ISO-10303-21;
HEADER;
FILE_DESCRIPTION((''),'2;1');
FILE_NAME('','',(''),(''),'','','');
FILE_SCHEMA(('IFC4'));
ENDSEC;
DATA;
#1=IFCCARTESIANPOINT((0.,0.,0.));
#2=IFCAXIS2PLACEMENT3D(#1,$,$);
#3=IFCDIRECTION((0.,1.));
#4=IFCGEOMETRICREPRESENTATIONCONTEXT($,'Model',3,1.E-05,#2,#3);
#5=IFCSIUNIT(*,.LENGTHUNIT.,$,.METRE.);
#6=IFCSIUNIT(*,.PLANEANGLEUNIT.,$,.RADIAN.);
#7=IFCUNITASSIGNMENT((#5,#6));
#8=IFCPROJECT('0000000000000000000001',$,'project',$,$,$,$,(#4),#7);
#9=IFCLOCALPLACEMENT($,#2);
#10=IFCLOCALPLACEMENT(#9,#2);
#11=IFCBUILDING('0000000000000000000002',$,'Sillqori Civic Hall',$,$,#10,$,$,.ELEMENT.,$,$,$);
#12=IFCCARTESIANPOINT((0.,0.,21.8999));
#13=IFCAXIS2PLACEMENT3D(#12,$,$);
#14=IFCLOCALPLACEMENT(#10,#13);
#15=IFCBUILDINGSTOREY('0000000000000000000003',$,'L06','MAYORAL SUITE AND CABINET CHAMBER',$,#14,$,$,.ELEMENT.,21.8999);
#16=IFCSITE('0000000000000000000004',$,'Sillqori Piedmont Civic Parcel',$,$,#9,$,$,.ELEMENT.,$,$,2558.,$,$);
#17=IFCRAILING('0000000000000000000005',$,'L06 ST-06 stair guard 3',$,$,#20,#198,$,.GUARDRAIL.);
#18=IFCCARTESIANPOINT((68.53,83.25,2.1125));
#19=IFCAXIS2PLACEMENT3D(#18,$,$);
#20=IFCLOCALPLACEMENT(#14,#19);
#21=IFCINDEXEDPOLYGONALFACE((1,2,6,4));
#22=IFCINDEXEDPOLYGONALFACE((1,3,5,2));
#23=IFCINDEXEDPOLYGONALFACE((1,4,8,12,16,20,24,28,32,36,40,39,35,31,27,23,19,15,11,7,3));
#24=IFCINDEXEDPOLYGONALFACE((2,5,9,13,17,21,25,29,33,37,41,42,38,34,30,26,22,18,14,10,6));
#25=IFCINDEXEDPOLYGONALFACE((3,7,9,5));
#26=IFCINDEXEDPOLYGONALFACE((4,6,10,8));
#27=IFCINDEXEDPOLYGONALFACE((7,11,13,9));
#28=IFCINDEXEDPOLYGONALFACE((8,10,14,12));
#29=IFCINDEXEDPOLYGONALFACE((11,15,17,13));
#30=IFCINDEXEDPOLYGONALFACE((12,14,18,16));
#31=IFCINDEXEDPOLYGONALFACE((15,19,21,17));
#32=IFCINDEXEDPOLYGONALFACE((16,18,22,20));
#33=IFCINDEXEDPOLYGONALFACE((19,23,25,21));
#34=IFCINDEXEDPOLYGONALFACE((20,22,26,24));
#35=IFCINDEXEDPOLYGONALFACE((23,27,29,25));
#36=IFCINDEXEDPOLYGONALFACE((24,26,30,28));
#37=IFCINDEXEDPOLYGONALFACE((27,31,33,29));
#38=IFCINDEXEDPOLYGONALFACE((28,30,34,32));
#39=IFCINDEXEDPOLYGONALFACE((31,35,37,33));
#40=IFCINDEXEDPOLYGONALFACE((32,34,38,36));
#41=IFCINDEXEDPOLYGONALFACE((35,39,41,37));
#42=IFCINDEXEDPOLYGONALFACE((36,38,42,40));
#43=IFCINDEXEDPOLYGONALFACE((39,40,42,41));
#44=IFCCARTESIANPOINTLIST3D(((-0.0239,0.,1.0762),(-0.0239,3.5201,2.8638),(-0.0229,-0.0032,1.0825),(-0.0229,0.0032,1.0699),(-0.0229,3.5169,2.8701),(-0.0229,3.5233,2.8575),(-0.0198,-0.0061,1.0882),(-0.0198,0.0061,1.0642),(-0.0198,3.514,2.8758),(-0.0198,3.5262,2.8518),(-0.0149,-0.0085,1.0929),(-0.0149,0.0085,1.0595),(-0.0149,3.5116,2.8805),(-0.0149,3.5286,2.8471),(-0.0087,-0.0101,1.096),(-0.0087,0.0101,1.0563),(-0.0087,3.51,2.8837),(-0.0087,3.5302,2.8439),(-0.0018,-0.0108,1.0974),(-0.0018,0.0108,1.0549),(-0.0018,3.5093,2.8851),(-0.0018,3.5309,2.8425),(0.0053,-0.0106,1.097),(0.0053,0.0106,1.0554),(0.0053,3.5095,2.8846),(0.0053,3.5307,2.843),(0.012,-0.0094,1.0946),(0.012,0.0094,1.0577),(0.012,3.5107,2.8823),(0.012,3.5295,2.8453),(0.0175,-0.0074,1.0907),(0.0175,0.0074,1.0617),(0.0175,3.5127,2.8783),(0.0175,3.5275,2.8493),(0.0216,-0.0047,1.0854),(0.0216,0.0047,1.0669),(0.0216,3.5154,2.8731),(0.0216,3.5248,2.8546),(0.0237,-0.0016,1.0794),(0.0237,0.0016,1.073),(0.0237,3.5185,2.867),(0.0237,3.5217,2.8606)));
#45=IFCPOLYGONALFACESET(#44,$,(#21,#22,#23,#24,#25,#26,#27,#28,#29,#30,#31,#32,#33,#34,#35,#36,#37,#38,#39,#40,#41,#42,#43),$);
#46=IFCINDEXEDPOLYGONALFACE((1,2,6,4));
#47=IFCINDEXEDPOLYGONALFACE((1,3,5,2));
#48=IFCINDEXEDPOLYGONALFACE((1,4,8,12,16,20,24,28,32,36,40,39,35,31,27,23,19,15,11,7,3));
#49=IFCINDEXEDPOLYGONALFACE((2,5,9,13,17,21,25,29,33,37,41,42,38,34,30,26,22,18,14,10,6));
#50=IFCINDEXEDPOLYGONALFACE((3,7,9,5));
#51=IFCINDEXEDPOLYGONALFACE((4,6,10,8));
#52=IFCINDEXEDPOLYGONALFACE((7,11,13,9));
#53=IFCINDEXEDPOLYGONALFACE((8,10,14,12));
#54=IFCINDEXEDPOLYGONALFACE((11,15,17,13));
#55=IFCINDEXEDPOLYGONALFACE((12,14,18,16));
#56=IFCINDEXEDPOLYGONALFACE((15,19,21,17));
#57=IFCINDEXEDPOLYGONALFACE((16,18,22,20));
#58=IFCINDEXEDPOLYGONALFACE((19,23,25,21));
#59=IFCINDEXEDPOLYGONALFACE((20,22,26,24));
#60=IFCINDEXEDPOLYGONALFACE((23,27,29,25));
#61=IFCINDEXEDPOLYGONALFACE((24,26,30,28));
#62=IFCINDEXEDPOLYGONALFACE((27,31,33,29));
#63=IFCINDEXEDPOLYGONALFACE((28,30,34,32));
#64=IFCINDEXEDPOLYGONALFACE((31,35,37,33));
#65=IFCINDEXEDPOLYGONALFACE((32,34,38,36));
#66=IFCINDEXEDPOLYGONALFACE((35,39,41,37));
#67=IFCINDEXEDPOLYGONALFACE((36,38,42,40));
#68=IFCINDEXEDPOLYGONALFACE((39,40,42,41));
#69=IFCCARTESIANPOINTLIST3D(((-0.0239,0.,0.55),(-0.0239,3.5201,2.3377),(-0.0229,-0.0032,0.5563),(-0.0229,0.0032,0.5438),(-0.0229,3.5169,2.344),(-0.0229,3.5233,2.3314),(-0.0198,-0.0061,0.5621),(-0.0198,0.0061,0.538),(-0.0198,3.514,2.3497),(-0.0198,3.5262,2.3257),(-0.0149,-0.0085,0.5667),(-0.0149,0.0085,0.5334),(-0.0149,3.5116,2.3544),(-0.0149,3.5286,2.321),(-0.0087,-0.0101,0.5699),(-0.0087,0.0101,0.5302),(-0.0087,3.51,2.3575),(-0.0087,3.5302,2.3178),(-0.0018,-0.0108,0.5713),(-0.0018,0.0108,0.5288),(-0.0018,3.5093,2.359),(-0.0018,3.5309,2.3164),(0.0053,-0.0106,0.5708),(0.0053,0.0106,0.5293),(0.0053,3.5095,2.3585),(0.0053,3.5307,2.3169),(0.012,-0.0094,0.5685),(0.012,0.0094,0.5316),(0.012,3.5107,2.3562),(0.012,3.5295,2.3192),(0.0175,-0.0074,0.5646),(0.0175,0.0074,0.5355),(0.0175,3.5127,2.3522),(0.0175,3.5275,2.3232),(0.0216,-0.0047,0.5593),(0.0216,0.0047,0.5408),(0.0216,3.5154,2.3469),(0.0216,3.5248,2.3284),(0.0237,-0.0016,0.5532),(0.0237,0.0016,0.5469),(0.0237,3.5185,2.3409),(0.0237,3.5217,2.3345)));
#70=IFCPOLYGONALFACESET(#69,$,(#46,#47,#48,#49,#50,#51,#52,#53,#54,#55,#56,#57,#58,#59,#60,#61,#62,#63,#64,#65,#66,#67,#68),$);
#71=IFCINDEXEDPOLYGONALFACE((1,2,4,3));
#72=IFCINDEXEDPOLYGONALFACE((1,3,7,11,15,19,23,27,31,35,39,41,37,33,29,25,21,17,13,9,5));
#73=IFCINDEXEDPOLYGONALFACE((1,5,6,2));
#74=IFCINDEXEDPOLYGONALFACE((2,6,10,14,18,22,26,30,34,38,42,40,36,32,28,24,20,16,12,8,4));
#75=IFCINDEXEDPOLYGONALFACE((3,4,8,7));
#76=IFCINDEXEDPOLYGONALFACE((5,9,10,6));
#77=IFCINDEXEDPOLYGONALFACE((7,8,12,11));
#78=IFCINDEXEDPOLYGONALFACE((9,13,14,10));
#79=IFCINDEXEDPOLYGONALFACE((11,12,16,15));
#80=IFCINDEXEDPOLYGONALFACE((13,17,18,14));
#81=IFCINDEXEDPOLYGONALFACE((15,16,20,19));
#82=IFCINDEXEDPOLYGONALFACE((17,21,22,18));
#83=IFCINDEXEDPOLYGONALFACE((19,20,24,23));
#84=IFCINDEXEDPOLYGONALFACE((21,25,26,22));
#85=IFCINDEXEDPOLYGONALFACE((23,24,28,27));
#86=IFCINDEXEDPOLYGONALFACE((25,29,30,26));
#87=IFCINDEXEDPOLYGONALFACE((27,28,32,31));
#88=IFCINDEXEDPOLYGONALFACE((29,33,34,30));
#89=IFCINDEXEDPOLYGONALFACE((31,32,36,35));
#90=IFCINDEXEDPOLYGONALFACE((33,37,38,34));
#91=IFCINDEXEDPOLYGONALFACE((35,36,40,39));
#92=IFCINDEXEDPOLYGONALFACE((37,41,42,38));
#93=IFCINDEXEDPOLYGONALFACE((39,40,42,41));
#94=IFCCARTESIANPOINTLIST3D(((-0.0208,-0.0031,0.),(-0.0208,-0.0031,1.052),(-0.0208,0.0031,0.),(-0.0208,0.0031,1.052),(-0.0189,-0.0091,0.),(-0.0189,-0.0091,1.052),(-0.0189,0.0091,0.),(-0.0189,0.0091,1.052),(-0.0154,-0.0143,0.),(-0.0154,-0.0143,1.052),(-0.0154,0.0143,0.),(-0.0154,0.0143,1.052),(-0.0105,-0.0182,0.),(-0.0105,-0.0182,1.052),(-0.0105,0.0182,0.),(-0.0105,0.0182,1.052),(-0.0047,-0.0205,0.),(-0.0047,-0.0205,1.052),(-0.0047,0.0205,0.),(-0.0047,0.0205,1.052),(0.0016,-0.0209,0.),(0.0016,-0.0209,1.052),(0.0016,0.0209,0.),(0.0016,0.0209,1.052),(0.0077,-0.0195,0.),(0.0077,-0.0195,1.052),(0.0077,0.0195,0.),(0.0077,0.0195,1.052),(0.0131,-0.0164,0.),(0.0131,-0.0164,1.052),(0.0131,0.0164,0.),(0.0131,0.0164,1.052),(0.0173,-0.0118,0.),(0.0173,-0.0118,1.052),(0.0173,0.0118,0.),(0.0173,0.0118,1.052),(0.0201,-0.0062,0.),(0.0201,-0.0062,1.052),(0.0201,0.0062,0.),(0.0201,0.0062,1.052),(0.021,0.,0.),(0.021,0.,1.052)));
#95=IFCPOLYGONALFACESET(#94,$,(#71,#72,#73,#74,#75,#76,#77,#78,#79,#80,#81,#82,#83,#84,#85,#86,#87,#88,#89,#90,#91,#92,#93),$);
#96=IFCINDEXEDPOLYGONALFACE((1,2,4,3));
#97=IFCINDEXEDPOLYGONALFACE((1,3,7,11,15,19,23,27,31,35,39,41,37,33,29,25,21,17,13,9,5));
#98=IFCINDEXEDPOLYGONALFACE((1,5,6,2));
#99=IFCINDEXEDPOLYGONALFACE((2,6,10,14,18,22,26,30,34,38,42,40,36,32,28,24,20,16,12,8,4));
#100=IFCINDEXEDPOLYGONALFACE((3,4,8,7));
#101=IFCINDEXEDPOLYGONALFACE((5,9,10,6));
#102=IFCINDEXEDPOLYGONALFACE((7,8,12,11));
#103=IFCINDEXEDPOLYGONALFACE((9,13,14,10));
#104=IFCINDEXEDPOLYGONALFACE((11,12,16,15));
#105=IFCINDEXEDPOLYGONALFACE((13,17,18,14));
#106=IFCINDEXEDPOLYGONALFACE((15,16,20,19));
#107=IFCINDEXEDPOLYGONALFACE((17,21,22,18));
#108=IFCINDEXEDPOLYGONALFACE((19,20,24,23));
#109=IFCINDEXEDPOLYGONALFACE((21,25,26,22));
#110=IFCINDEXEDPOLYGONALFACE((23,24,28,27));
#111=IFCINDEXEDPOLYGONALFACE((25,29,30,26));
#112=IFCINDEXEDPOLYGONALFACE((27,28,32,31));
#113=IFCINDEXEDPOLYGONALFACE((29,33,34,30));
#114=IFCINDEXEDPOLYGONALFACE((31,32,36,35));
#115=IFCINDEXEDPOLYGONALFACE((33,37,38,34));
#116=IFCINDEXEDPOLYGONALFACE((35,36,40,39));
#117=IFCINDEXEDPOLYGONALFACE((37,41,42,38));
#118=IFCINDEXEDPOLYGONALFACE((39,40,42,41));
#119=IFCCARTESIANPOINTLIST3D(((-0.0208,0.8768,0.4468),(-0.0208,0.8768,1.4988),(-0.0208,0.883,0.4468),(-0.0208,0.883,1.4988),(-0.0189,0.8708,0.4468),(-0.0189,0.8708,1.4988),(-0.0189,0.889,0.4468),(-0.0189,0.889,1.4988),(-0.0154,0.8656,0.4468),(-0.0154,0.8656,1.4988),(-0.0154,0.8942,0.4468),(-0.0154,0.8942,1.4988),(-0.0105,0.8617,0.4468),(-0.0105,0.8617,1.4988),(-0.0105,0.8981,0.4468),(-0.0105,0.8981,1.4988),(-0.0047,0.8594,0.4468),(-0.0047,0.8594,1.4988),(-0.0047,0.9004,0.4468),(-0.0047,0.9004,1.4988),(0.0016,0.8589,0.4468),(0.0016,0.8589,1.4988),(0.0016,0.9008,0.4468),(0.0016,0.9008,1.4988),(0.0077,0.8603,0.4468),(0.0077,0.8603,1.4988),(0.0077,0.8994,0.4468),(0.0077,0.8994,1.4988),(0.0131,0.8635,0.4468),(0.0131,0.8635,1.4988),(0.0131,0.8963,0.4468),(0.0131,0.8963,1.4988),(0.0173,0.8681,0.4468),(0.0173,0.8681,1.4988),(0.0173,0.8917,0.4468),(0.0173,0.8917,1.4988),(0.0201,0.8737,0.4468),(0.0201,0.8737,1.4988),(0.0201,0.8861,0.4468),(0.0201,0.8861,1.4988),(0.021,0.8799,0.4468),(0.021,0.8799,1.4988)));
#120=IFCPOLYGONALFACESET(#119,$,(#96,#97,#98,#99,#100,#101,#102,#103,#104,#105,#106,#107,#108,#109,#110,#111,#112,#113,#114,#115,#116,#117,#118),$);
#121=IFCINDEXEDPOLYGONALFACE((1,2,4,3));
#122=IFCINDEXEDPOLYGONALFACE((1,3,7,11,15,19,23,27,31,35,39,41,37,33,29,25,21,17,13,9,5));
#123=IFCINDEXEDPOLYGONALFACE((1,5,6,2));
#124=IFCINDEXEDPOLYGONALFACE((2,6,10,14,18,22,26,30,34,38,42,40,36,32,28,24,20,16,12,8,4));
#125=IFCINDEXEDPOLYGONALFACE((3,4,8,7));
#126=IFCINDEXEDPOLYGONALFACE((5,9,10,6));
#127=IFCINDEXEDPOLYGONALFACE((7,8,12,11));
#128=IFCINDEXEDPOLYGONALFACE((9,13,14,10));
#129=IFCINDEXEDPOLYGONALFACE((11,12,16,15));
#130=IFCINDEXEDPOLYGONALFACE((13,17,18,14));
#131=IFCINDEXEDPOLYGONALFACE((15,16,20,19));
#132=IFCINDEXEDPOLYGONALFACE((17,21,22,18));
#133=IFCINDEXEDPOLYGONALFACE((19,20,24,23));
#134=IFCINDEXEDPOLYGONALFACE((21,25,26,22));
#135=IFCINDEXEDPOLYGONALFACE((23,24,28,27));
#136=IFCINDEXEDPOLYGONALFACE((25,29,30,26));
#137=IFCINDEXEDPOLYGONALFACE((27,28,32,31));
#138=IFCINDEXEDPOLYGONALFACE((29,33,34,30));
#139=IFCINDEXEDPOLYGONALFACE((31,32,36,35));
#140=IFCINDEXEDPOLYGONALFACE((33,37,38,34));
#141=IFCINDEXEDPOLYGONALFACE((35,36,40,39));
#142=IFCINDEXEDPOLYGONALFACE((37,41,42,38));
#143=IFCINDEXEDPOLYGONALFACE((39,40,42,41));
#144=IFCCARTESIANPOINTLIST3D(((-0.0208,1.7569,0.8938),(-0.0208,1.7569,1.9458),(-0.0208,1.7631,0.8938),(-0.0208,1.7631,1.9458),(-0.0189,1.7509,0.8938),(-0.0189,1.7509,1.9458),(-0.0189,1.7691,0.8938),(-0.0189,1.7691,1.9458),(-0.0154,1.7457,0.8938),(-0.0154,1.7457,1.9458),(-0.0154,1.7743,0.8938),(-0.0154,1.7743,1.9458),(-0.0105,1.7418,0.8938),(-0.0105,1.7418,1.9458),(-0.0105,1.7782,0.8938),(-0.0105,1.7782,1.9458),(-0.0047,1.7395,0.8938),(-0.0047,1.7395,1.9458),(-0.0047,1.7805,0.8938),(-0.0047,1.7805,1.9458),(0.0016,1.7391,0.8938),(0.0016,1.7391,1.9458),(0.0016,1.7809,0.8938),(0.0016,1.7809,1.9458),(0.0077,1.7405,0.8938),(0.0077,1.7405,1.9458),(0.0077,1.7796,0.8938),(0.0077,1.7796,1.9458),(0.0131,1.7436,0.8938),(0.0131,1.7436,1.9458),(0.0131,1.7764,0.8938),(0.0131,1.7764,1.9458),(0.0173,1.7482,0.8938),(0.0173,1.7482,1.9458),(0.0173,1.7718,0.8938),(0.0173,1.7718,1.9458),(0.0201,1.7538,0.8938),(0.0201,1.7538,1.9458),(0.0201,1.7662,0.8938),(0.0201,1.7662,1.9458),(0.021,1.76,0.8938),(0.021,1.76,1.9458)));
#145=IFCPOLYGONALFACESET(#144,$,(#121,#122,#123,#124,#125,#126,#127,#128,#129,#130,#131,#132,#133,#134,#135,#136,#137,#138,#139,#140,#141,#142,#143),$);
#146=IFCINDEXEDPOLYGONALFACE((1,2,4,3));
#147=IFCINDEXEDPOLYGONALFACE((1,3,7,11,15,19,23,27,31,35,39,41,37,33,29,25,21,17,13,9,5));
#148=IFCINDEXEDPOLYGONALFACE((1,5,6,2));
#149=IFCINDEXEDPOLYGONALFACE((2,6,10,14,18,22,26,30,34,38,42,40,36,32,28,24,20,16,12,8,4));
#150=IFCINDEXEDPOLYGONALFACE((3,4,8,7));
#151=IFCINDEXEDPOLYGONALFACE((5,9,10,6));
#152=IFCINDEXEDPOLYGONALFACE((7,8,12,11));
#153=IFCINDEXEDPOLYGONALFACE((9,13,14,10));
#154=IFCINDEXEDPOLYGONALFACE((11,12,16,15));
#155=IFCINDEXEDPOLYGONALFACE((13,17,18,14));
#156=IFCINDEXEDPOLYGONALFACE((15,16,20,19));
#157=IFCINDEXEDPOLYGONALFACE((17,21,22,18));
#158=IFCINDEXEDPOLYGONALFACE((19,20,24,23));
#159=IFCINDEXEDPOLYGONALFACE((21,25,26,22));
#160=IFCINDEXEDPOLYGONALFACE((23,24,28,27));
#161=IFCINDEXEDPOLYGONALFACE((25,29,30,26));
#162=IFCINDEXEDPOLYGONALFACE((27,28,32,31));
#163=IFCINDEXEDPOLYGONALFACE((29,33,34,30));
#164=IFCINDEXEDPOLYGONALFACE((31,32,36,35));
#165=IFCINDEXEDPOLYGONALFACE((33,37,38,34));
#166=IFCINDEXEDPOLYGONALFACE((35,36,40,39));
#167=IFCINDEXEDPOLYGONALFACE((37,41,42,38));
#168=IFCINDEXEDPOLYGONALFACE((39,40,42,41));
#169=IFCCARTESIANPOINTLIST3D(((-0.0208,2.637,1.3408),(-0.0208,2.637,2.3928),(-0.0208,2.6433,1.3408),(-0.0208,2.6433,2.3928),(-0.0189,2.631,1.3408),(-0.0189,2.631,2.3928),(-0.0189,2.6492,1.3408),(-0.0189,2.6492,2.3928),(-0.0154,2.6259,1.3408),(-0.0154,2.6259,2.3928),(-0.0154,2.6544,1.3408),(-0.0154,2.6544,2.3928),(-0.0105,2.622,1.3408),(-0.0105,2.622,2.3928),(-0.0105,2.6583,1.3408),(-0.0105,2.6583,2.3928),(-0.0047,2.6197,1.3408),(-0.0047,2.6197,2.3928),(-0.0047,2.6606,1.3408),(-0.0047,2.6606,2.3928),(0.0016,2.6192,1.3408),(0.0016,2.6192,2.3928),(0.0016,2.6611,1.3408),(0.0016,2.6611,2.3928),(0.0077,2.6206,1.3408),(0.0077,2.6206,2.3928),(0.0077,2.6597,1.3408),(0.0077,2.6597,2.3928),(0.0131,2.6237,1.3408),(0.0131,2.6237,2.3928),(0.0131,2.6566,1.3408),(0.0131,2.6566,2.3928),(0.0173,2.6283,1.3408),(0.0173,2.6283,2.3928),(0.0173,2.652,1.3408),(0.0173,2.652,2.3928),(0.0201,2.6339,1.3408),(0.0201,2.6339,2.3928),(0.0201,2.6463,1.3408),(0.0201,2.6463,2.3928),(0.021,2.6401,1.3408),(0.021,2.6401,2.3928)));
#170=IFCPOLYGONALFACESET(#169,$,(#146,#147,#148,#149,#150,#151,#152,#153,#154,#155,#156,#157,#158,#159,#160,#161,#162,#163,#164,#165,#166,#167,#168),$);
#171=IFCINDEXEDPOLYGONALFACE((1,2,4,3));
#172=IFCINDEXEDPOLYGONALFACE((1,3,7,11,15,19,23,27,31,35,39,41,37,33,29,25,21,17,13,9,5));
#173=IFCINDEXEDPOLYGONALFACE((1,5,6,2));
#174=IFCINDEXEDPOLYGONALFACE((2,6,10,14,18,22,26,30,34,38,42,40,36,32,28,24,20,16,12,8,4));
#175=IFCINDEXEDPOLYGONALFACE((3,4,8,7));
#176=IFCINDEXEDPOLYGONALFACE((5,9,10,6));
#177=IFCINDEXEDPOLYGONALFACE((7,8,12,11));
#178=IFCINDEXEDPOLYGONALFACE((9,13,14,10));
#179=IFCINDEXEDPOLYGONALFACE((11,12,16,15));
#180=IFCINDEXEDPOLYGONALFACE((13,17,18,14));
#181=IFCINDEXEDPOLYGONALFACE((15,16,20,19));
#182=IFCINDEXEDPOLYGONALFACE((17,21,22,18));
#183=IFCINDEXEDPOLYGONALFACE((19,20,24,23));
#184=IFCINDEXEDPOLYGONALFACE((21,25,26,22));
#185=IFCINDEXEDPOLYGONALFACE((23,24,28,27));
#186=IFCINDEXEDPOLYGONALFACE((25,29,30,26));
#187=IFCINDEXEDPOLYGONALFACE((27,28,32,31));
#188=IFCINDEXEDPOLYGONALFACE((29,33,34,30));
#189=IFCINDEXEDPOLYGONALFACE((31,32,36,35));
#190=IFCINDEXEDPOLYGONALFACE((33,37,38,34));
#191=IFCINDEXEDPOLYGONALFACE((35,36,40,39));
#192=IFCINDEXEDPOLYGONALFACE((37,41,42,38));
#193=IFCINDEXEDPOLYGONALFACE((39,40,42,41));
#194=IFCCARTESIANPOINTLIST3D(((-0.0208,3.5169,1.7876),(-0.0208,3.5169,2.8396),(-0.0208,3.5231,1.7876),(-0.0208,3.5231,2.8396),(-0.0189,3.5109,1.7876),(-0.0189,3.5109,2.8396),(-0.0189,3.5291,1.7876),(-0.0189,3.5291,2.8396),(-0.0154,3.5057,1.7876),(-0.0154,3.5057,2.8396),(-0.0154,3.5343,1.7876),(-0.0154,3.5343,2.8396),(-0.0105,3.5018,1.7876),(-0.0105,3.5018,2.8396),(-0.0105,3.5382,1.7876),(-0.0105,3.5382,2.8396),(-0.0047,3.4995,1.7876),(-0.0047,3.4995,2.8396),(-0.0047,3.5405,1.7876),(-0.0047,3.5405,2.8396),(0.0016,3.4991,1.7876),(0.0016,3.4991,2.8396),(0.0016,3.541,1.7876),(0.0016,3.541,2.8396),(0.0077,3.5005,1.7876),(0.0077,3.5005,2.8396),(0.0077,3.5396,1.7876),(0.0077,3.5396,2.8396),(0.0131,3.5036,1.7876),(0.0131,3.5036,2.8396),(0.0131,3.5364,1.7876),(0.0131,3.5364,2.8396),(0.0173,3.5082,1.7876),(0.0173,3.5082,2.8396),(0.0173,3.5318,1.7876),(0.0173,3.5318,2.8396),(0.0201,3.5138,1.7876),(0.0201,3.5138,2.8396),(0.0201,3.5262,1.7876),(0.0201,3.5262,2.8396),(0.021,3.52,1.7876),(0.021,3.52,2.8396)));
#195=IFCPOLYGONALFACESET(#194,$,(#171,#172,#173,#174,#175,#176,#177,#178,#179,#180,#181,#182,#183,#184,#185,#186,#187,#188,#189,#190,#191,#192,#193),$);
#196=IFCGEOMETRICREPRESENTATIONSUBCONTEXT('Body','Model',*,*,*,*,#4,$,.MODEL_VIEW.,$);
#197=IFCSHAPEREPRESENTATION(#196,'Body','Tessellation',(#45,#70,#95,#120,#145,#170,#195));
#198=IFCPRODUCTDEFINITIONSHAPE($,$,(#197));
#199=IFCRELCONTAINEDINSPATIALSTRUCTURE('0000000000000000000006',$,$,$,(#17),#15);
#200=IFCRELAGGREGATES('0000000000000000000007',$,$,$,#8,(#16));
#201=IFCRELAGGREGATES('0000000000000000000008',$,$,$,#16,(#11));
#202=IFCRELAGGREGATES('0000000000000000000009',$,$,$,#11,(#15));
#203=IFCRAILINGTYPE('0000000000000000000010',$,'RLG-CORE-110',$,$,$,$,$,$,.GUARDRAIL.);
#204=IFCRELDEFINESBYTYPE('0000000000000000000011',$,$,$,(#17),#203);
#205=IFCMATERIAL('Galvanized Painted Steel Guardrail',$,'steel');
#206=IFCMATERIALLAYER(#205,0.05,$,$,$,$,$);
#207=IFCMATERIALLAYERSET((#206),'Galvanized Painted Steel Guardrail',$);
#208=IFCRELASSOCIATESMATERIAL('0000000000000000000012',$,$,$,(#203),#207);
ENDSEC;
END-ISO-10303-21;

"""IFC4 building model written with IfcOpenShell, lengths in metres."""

from ifc_helpers import new_model, si_unit, direction, frame, origin, origin_2d, place, context, subcontext, project, spatial, circle, extrude, material, layer, layer_set, type_object, element, save


model = new_model("IFC4")

# Units and contexts
model_context = context("Model", 3, precision=1e-05, world=origin(), true_north=direction((0.0, 1.0)))
body_context = subcontext(model_context, "Body", "Model", "MODEL_VIEW")
ifc_project = project(units=[si_unit("LENGTHUNIT", "METRE"), si_unit("PLANEANGLEUNIT", "RADIAN")], contexts=[model_context])

# Site, building, storey
site_placement = place(None, origin())
site = spatial("IfcSite", under=ifc_project, at=site_placement, Name="Sillqori Piedmont Civic Parcel", CompositionType="ELEMENT", RefElevation=2558.0)
building_placement = place(site_placement, origin())
building = spatial("IfcBuilding", under=site, at=building_placement, Name="Sillqori Civic Hall", CompositionType="ELEMENT")
storey_placement = place(building_placement, frame((0.0, 0.0, 21.8999)))
storey = spatial("IfcBuildingStorey", under=building, at=storey_placement, Name="L06", Description="MAYORAL SUITE AND CABINET CHAMBER", CompositionType="ELEMENT", Elevation=21.8999)

# Railing
ifc_material_1 = material(Name="Galvanized Painted Steel Guardrail", Category="steel")
ifc_layer_1 = layer(ifc_material_1, 0.05)
ifc_layer_set_1 = layer_set([ifc_layer_1], Name="Galvanized Painted Steel Guardrail")
railing_type_1 = type_object("IfcRailingType", Name="RLG-CORE-110", PredefinedType="GUARDRAIL", material=ifc_layer_set_1)
railing_1_placement = place(storey_placement, frame((68.53, 83.25, 2.1125)))
element("IfcRailing", 1, at=railing_1_placement, inside=storey, type_object=railing_type_1, Name="L06 ST-06 stair guard 3", PredefinedType="GUARDRAIL", context=body_context, shape_type="SweptSolid", body=[
    extrude(circle(Radius=0.0239, at=origin_2d()), frame((0.0, 0.0, 1.0762), z_axis=(0.0, 0.891615, 0.452795), x_axis=(-1.0, 0.0, 0.0)), (0.0, 0.0, 1.0), 3.948),
    extrude(circle(Radius=0.0239, at=origin_2d()), frame((0.0, 0.0, 0.55), z_axis=(0.0, 0.891615, 0.452795), x_axis=(-1.0, 0.0, 0.0)), (0.0, 0.0, 1.0), 3.948),
    extrude(circle(Radius=0.021, at=origin_2d()), origin(), (0.0, 0.0, 1.0), 1.052),
    extrude(circle(Radius=0.021, at=origin_2d()), frame((0.0, 0.8799, 0.4468)), (0.0, 0.0, 1.0), 1.052),
    extrude(circle(Radius=0.021, at=origin_2d()), frame((0.0, 1.76, 0.8938)), (0.0, 0.0, 1.0), 1.052),
    extrude(circle(Radius=0.021, at=origin_2d()), frame((0.0, 2.6401, 1.3408)), (0.0, 0.0, 1.0), 1.052),
    extrude(circle(Radius=0.021, at=origin_2d()), frame((0.0, 3.52, 1.7876)), (0.0, 0.0, 1.0), 1.052),
])

save(model, "model.ifc")
